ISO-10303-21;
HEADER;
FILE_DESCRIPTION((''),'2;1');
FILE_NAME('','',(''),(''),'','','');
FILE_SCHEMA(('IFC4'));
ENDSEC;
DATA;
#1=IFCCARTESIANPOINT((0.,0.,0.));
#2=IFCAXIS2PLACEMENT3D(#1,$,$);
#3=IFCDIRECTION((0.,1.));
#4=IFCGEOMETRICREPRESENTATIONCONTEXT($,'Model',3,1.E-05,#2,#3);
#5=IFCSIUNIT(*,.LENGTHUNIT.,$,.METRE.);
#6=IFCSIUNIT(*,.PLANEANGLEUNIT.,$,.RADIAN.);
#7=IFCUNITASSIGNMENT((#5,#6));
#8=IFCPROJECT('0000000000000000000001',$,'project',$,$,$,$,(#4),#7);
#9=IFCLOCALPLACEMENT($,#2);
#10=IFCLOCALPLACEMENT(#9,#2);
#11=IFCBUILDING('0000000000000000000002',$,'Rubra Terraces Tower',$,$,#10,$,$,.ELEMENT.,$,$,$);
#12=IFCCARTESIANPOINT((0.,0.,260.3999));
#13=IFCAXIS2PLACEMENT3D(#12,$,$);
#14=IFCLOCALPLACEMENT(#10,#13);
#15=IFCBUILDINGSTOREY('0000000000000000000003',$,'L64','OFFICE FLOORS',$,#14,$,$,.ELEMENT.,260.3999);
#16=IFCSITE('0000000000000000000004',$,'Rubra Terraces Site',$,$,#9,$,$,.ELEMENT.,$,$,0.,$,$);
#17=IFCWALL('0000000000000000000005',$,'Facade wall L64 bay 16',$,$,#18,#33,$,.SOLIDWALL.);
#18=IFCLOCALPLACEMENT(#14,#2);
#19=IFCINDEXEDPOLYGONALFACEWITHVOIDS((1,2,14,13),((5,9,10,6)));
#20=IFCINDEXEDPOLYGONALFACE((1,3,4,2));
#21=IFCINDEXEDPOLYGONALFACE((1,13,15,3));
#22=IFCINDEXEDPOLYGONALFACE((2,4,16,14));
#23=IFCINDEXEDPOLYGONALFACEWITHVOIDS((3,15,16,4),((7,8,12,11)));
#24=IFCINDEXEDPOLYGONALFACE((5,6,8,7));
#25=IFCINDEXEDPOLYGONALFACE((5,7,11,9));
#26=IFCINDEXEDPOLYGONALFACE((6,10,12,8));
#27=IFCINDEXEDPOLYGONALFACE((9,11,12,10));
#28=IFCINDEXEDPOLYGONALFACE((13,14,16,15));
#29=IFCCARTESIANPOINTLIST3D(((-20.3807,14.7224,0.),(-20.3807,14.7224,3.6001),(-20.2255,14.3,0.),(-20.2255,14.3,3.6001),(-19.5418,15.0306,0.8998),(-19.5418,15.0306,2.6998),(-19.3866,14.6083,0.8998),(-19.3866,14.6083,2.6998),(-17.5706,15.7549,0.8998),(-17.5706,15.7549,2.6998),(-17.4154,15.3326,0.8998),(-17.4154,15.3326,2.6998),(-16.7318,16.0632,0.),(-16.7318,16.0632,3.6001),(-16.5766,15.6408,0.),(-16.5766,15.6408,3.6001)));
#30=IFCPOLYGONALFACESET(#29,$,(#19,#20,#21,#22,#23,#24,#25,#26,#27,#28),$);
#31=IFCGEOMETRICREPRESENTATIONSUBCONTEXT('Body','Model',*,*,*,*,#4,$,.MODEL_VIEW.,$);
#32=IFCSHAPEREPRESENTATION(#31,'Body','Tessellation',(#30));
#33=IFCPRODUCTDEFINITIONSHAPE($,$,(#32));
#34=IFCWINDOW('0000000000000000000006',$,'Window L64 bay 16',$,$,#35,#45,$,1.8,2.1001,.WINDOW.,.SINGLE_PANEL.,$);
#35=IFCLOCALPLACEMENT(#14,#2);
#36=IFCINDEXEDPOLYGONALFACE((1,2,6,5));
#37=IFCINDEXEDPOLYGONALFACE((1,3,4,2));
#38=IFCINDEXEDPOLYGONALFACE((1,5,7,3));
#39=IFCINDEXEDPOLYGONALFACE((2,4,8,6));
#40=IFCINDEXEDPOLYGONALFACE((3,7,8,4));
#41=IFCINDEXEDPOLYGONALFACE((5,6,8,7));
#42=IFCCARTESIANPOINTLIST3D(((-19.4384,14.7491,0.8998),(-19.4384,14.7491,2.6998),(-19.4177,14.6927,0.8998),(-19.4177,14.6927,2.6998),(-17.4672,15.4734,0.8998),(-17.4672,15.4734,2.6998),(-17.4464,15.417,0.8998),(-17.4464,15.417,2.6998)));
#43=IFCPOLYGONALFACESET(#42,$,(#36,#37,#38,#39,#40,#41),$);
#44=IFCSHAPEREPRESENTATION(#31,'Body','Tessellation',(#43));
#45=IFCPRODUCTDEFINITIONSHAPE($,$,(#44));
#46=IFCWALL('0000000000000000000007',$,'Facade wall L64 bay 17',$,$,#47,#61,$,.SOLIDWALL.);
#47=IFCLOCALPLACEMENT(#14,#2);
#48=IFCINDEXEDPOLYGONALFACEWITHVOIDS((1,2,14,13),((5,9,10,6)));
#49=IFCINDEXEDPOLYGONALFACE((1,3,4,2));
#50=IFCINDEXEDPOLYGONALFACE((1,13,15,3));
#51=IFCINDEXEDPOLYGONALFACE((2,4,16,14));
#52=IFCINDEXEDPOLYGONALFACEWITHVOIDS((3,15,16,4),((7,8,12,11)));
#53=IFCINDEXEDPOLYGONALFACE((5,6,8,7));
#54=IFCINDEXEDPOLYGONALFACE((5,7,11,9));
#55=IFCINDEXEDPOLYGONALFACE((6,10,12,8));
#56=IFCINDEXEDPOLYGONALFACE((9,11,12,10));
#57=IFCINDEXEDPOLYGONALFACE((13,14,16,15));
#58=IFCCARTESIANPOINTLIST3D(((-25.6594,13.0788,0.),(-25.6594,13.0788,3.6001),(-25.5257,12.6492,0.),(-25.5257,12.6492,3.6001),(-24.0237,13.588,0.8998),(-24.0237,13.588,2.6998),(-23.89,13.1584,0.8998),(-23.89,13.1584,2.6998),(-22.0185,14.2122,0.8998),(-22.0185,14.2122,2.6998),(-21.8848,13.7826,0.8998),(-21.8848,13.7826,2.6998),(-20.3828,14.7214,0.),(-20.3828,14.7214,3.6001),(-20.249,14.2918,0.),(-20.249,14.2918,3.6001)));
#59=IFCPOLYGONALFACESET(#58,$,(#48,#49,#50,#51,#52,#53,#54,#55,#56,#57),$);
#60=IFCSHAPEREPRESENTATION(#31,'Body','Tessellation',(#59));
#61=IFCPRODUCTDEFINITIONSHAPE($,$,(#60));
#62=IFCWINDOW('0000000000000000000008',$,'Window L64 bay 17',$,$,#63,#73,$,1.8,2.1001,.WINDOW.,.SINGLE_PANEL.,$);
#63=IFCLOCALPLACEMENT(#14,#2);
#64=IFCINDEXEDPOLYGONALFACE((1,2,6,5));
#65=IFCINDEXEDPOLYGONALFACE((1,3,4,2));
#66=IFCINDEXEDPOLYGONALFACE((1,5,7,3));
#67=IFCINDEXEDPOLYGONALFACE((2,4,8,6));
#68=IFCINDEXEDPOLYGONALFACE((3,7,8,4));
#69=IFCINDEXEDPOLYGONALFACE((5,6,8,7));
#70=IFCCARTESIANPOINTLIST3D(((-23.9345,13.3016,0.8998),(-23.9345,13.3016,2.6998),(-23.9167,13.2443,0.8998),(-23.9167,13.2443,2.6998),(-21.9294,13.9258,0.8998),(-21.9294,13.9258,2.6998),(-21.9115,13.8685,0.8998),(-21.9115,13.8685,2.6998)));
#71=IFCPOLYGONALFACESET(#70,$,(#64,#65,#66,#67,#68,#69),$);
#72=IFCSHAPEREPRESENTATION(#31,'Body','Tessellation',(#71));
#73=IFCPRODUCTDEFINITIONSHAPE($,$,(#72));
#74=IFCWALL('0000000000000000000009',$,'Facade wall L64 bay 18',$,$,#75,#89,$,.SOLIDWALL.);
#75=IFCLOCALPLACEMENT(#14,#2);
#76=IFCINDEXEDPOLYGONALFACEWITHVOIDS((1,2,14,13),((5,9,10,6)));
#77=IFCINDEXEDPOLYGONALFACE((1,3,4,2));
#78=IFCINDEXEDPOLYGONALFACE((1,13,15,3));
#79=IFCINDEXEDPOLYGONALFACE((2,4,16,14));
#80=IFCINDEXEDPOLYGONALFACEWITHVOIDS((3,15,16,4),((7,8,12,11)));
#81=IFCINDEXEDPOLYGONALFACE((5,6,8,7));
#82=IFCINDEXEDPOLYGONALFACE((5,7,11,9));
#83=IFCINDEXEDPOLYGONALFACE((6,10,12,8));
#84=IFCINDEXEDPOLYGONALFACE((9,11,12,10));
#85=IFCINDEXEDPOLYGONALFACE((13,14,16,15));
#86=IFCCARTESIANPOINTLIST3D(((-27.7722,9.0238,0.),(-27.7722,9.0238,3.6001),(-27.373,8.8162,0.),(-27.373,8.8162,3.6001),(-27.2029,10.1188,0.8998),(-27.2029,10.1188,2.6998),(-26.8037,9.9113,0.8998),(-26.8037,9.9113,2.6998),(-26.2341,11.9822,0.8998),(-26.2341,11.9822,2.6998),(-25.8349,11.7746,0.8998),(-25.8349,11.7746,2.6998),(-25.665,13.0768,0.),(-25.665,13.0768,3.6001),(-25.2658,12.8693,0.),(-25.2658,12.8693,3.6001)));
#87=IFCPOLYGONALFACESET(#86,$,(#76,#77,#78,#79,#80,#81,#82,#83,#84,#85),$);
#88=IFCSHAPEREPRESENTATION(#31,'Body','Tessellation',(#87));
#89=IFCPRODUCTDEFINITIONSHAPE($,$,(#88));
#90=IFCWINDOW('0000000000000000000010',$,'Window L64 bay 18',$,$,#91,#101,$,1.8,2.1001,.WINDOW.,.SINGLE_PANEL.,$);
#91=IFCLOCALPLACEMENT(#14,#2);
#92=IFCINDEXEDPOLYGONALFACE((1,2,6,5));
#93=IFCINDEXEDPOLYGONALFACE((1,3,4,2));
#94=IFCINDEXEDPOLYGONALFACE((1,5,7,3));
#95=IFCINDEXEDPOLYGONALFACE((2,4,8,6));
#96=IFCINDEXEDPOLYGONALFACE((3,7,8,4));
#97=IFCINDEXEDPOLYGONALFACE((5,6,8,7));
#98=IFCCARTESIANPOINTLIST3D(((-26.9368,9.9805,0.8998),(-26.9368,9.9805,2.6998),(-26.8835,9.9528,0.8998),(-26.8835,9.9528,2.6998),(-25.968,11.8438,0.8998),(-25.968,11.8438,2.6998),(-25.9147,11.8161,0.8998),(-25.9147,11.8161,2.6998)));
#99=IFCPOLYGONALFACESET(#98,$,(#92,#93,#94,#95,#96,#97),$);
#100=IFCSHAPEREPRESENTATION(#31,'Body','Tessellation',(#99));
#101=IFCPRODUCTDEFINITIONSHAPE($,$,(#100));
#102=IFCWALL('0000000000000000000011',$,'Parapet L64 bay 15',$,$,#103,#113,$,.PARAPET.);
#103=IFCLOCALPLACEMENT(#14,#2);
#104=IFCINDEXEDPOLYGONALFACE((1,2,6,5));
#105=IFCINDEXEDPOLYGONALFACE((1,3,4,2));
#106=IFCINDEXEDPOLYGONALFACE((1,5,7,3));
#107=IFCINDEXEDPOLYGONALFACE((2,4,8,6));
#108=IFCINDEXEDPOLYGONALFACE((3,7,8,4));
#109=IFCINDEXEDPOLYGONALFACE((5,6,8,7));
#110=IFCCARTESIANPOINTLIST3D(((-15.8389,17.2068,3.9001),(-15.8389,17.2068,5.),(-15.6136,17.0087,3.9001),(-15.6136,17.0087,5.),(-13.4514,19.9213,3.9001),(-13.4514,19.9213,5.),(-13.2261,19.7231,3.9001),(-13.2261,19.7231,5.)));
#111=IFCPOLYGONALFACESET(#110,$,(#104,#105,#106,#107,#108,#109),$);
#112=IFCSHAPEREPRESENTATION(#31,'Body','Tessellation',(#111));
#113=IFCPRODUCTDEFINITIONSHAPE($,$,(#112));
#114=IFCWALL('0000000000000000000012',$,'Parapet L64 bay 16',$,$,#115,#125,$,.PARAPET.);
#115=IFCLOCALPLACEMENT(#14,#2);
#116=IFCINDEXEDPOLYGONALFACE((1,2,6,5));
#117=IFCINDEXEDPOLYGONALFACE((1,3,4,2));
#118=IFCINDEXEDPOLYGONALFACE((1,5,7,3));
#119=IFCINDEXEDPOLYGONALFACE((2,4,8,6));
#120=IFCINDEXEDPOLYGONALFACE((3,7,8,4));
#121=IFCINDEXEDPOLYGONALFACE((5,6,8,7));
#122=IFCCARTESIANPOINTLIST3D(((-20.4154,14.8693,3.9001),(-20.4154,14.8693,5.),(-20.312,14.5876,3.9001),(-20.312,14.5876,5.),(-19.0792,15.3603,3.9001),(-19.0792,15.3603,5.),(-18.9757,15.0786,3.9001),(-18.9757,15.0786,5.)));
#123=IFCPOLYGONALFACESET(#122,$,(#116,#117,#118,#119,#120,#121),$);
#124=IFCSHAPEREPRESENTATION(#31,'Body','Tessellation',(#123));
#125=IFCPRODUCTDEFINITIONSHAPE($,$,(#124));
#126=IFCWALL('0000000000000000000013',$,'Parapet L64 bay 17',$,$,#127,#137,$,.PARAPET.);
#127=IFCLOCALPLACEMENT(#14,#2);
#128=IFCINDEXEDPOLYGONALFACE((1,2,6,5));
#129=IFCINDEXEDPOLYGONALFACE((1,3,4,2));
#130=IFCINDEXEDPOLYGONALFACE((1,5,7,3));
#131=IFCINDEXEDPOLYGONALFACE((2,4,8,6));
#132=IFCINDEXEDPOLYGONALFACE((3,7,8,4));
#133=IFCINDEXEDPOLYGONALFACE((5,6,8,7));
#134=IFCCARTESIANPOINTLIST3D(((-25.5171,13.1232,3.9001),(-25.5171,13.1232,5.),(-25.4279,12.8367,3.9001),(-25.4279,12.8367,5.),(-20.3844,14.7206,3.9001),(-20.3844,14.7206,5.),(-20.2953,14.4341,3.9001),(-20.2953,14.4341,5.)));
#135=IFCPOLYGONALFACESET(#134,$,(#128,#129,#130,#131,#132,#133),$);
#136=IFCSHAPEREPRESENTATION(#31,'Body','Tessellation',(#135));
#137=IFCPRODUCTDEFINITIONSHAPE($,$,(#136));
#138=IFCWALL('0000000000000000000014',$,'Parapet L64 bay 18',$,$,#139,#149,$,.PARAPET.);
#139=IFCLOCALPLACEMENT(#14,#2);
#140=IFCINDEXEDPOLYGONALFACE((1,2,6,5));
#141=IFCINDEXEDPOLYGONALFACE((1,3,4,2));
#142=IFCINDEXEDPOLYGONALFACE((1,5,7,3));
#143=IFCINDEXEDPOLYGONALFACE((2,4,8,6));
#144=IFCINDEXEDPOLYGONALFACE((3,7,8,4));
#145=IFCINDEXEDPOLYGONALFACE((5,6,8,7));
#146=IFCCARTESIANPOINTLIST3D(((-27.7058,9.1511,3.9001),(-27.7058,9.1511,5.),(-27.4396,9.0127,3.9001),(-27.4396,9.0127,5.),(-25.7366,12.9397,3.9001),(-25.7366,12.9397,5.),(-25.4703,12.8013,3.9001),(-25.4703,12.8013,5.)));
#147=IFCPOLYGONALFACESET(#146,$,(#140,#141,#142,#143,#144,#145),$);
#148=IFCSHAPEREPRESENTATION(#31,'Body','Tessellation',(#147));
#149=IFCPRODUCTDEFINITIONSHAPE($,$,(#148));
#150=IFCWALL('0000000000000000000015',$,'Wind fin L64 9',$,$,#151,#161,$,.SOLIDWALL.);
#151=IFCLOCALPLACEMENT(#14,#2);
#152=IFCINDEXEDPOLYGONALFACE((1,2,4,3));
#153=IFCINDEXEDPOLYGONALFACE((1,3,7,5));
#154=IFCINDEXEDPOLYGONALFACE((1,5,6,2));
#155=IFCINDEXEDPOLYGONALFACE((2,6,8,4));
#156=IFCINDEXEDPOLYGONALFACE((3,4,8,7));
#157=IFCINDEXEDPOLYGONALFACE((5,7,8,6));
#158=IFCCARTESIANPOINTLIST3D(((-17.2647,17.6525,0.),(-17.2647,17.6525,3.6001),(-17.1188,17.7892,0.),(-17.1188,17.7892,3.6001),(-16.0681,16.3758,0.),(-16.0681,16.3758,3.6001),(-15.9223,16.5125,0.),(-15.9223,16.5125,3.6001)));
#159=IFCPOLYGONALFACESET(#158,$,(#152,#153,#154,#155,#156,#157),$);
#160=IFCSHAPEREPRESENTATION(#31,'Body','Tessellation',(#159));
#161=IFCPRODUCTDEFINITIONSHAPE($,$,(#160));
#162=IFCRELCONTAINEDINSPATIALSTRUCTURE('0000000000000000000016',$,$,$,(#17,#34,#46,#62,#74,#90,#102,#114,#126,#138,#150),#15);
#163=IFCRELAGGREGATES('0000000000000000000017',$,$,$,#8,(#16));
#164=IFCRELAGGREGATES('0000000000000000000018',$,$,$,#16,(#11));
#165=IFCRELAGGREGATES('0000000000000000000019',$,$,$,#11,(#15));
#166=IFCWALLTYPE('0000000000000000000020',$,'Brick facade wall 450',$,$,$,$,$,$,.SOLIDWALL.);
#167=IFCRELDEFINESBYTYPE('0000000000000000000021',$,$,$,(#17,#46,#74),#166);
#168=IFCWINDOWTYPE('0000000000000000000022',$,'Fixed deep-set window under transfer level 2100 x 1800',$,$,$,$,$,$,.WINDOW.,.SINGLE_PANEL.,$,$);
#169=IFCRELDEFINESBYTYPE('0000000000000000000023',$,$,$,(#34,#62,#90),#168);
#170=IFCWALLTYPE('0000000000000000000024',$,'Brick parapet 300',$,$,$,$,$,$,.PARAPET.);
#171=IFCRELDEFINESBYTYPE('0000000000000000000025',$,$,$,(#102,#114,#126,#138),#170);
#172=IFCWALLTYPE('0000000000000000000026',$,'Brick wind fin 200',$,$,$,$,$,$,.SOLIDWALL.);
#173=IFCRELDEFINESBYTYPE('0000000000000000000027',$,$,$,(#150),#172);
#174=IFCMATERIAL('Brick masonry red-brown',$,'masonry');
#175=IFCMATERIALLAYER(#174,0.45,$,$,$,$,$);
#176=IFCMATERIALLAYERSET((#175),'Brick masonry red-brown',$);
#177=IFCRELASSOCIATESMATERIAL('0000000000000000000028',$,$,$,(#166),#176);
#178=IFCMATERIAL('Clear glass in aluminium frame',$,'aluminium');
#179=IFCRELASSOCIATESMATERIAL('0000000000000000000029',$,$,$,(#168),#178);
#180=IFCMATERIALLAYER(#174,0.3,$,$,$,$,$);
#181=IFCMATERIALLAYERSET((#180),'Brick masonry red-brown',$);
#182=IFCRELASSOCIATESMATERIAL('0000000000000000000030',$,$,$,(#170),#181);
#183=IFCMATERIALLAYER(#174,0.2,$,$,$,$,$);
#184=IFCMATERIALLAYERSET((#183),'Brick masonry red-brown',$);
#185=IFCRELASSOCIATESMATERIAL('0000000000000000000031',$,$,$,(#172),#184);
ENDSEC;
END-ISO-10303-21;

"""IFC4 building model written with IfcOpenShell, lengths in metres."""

from ifc_helpers import new_model, si_unit, direction, frame, frame_2d, origin, place, context, subcontext, project, spatial, rectangle, extrude, material, layer, layer_set, type_object, element, fill, save


model = new_model("IFC4")

# Units and contexts
model_context = context("Model", 3, precision=1e-05, world=origin(), true_north=direction((0.0, 1.0)))
body_context = subcontext(model_context, "Body", "Model", "MODEL_VIEW")
ifc_project = project(units=[si_unit("LENGTHUNIT", "METRE"), si_unit("PLANEANGLEUNIT", "RADIAN")], contexts=[model_context])

# Site, building, storey
site_placement = place(None, origin())
site = spatial("IfcSite", under=ifc_project, at=site_placement, Name="Rubra Terraces Site", CompositionType="ELEMENT", RefElevation=0.0)
building_placement = place(site_placement, origin())
building = spatial("IfcBuilding", under=site, at=building_placement, Name="Rubra Terraces Tower", CompositionType="ELEMENT")
storey_placement = place(building_placement, frame((0.0, 0.0, 260.3999)))
storey = spatial("IfcBuildingStorey", under=building, at=storey_placement, Name="L64", Description="OFFICE FLOORS", CompositionType="ELEMENT", Elevation=260.3999)

# Walls, openings, windows
ifc_material_1 = material(Name="Brick masonry red-brown", Category="masonry")
ifc_layer_1 = layer(ifc_material_1, 0.45)
ifc_layer_set_1 = layer_set([ifc_layer_1], Name="Brick masonry red-brown")
wall_type_1 = type_object("IfcWallType", Name="Brick facade wall 450", PredefinedType="SOLIDWALL", material=ifc_layer_set_1)
ifc_material_2 = material(Name="Clear glass in aluminium frame", Category="aluminium")
window_type = type_object("IfcWindowType", Name="Fixed deep-set window under transfer level 2100 x 1800", PartitioningType="SINGLE_PANEL", PredefinedType="WINDOW", material=ifc_material_2)
wall_1_placement = place(storey_placement, frame((-16.6541, 15.8521, 0.0), z_axis=(0.0, 0.0, 1.0), x_axis=(-0.938637, -0.344908, 0.0)))
wall_1 = element("IfcWall", 1, at=wall_1_placement, inside=storey, type_object=wall_type_1, Name="Facade wall L64 bay 16", PredefinedType="SOLIDWALL", context=body_context, shape_type="SweptSolid", body=[
    extrude(rectangle(XDim=3.8875, YDim=0.45, at=frame_2d((1.9438, 0.0))), origin(), (0.0, 0.0, 1.0), 3.6001),
])
opening_1_placement = place(wall_1_placement, frame((0.8938, 0.0, 0.8999)))
opening_1 = element("IfcOpeningElement", 2, at=opening_1_placement, cuts=wall_1, PredefinedType="OPENING", context=body_context, shape_type="SweptSolid", body=[
    extrude(rectangle(XDim=2.1001, YDim=1.8, at=frame_2d((1.05, 0.8999))), frame((0.0, 0.2349, 0.0), z_axis=(0.0, -1.0, 0.0), x_axis=(1.0, 0.0, 0.0)), (0.0, 0.0, 1.0), 0.47),
])
window_1_placement = place(opening_1_placement, origin())
window_1 = element("IfcWindow", 3, at=window_1_placement, inside=storey, type_object=window_type, Name="Window L64 bay 16", OverallHeight=1.8, OverallWidth=2.1001, PartitioningType="SINGLE_PANEL", PredefinedType="WINDOW", context=body_context, shape_type="SweptSolid", body=[
    extrude(rectangle(XDim=2.1001, YDim=1.8, at=frame_2d((1.05, 0.8999))), frame((0.0, 0.135, 0.0), z_axis=(0.0, -1.0, 0.0), x_axis=(1.0, 0.0, 0.0)), (0.0, 0.0, 1.0), 0.0601),
])
fill(opening_1, window_1)
wall_2_placement = place(storey_placement, frame((-20.3159, 14.5066, 0.0), z_axis=(0.0, 0.0, 1.0), x_axis=(-0.954807, -0.297226, 0.0)))
wall_2 = element("IfcWall", 4, at=wall_2_placement, inside=storey, type_object=wall_type_1, Name="Facade wall L64 bay 17", PredefinedType="SOLIDWALL", context=body_context, shape_type="SweptSolid", body=[
    extrude(rectangle(XDim=5.5264, YDim=0.45, at=frame_2d((2.7632, 0.0))), origin(), (0.0, 0.0, 1.0), 3.6001),
])
opening_2_placement = place(wall_2_placement, frame((1.7131, 0.0, 0.8999)))
opening_2 = element("IfcOpeningElement", 5, at=opening_2_placement, cuts=wall_2, PredefinedType="OPENING", context=body_context, shape_type="SweptSolid", body=[
    extrude(rectangle(XDim=2.1001, YDim=1.8, at=frame_2d((1.05, 0.8999))), frame((0.0, 0.2349, 0.0), z_axis=(0.0, -1.0, 0.0), x_axis=(1.0, 0.0, 0.0)), (0.0, 0.0, 1.0), 0.47),
])
window_2_placement = place(opening_2_placement, origin())
window_2 = element("IfcWindow", 6, at=window_2_placement, inside=storey, type_object=window_type, Name="Window L64 bay 17", OverallHeight=1.8, OverallWidth=2.1001, PartitioningType="SINGLE_PANEL", PredefinedType="WINDOW", context=body_context, shape_type="SweptSolid", body=[
    extrude(rectangle(XDim=2.1001, YDim=1.8, at=frame_2d((1.05, 0.8999))), frame((0.0, 0.135, 0.0), z_axis=(0.0, -1.0, 0.0), x_axis=(1.0, 0.0, 0.0)), (0.0, 0.0, 1.0), 0.0601),
])
fill(opening_2, window_2)
wall_3_placement = place(storey_placement, frame((-25.4653, 12.9731, 0.0), z_axis=(0.0, 0.0, 1.0), x_axis=(-0.461289, -0.88725, 0.0)))
wall_3 = element("IfcWall", 7, at=wall_3_placement, inside=storey, type_object=wall_type_1, Name="Facade wall L64 bay 18", PredefinedType="SOLIDWALL", context=body_context, shape_type="SweptSolid", body=[
    extrude(rectangle(XDim=4.5681, YDim=0.45, at=frame_2d((2.2842, 0.0))), origin(), (0.0, 0.0, 1.0), 3.6001),
])
opening_3_placement = place(wall_3_placement, frame((1.2339, 0.0, 0.8999)))
opening_3 = element("IfcOpeningElement", 8, at=opening_3_placement, cuts=wall_3, PredefinedType="OPENING", context=body_context, shape_type="SweptSolid", body=[
    extrude(rectangle(XDim=2.1001, YDim=1.8, at=frame_2d((1.05, 0.8999))), frame((0.0, 0.2349, 0.0), z_axis=(0.0, -1.0, 0.0), x_axis=(1.0, 0.0, 0.0)), (0.0, 0.0, 1.0), 0.47),
])
window_3_placement = place(opening_3_placement, origin())
window_3 = element("IfcWindow", 9, at=window_3_placement, inside=storey, type_object=window_type, Name="Window L64 bay 18", OverallHeight=1.8, OverallWidth=2.1001, PartitioningType="SINGLE_PANEL", PredefinedType="WINDOW", context=body_context, shape_type="SweptSolid", body=[
    extrude(rectangle(XDim=2.1001, YDim=1.8, at=frame_2d((1.05, 0.8999))), frame((0.0, 0.135, 0.0), z_axis=(0.0, -1.0, 0.0), x_axis=(1.0, 0.0, 0.0)), (0.0, 0.0, 1.0), 0.0601),
])
fill(opening_3, window_3)

# Walls
ifc_layer_2 = layer(ifc_material_1, 0.3)
ifc_layer_set_2 = layer_set([ifc_layer_2], Name="Brick masonry red-brown")
wall_type_2 = type_object("IfcWallType", Name="Brick parapet 300", PredefinedType="PARAPET", material=ifc_layer_set_2)
wall_4_placement = place(storey_placement, frame((-13.3386, 19.8223, 3.9001), z_axis=(0.0, 0.0, 1.0), x_axis=(-0.660444, -0.750876, 0.0)))
element("IfcWall", 10, at=wall_4_placement, inside=storey, type_object=wall_type_2, Name="Parapet L64 bay 15", PredefinedType="PARAPET", context=body_context, shape_type="SweptSolid", body=[
    extrude(rectangle(XDim=3.615, YDim=0.3, at=frame_2d((1.8076, 0.0))), origin(), (0.0, 0.0, 1.0), 1.0999),
])
wall_5_placement = place(storey_placement, frame((-19.0273, 15.2195, 3.9001), z_axis=(0.0, 0.0, 1.0), x_axis=(-0.938641, -0.344895, 0.0)))
element("IfcWall", 11, at=wall_5_placement, inside=storey, type_object=wall_type_2, Name="Parapet L64 bay 16", PredefinedType="PARAPET", context=body_context, shape_type="SweptSolid", body=[
    extrude(rectangle(XDim=1.4236, YDim=0.3, at=frame_2d((0.7119, 0.0))), origin(), (0.0, 0.0, 1.0), 1.0999),
])
wall_6_placement = place(storey_placement, frame((-20.3398, 14.5774, 3.9001), z_axis=(0.0, 0.0, 1.0), x_axis=(-0.954824, -0.297171, 0.0)))
element("IfcWall", 12, at=wall_6_placement, inside=storey, type_object=wall_type_2, Name="Parapet L64 bay 17", PredefinedType="PARAPET", context=body_context, shape_type="SweptSolid", body=[
    extrude(rectangle(XDim=5.3755, YDim=0.3, at=frame_2d((2.6877, 0.0))), origin(), (0.0, 0.0, 1.0), 1.0999),
])
wall_7_placement = place(storey_placement, frame((-25.6035, 12.8704, 3.9001), z_axis=(0.0, 0.0, 1.0), x_axis=(-0.461202, -0.887295, 0.0)))
element("IfcWall", 13, at=wall_7_placement, inside=storey, type_object=wall_type_2, Name="Parapet L64 bay 18", PredefinedType="PARAPET", context=body_context, shape_type="SweptSolid", body=[
    extrude(rectangle(XDim=4.2698, YDim=0.3, at=frame_2d((2.1348, 0.0))), origin(), (0.0, 0.0, 1.0), 1.0999),
])
ifc_layer_3 = layer(ifc_material_1, 0.2)
ifc_layer_set_3 = layer_set([ifc_layer_3], Name="Brick masonry red-brown")
wall_type_3 = type_object("IfcWallType", Name="Brick wind fin 200", PredefinedType="SOLIDWALL", material=ifc_layer_set_3)
wall_8_placement = place(storey_placement, frame((-15.9951, 16.4441, 0.0), z_axis=(0.0, 0.0, 1.0), x_axis=(-0.683853, 0.72962, 0.0)))
element("IfcWall", 14, at=wall_8_placement, inside=storey, type_object=wall_type_3, Name="Wind fin L64 9", PredefinedType="SOLIDWALL", context=body_context, shape_type="SweptSolid", body=[
    extrude(rectangle(XDim=1.7498, YDim=0.2, at=frame_2d((0.875, 0.0))), origin(), (0.0, 0.0, 1.0), 3.6001),
])

save(model, "model.ifc")
